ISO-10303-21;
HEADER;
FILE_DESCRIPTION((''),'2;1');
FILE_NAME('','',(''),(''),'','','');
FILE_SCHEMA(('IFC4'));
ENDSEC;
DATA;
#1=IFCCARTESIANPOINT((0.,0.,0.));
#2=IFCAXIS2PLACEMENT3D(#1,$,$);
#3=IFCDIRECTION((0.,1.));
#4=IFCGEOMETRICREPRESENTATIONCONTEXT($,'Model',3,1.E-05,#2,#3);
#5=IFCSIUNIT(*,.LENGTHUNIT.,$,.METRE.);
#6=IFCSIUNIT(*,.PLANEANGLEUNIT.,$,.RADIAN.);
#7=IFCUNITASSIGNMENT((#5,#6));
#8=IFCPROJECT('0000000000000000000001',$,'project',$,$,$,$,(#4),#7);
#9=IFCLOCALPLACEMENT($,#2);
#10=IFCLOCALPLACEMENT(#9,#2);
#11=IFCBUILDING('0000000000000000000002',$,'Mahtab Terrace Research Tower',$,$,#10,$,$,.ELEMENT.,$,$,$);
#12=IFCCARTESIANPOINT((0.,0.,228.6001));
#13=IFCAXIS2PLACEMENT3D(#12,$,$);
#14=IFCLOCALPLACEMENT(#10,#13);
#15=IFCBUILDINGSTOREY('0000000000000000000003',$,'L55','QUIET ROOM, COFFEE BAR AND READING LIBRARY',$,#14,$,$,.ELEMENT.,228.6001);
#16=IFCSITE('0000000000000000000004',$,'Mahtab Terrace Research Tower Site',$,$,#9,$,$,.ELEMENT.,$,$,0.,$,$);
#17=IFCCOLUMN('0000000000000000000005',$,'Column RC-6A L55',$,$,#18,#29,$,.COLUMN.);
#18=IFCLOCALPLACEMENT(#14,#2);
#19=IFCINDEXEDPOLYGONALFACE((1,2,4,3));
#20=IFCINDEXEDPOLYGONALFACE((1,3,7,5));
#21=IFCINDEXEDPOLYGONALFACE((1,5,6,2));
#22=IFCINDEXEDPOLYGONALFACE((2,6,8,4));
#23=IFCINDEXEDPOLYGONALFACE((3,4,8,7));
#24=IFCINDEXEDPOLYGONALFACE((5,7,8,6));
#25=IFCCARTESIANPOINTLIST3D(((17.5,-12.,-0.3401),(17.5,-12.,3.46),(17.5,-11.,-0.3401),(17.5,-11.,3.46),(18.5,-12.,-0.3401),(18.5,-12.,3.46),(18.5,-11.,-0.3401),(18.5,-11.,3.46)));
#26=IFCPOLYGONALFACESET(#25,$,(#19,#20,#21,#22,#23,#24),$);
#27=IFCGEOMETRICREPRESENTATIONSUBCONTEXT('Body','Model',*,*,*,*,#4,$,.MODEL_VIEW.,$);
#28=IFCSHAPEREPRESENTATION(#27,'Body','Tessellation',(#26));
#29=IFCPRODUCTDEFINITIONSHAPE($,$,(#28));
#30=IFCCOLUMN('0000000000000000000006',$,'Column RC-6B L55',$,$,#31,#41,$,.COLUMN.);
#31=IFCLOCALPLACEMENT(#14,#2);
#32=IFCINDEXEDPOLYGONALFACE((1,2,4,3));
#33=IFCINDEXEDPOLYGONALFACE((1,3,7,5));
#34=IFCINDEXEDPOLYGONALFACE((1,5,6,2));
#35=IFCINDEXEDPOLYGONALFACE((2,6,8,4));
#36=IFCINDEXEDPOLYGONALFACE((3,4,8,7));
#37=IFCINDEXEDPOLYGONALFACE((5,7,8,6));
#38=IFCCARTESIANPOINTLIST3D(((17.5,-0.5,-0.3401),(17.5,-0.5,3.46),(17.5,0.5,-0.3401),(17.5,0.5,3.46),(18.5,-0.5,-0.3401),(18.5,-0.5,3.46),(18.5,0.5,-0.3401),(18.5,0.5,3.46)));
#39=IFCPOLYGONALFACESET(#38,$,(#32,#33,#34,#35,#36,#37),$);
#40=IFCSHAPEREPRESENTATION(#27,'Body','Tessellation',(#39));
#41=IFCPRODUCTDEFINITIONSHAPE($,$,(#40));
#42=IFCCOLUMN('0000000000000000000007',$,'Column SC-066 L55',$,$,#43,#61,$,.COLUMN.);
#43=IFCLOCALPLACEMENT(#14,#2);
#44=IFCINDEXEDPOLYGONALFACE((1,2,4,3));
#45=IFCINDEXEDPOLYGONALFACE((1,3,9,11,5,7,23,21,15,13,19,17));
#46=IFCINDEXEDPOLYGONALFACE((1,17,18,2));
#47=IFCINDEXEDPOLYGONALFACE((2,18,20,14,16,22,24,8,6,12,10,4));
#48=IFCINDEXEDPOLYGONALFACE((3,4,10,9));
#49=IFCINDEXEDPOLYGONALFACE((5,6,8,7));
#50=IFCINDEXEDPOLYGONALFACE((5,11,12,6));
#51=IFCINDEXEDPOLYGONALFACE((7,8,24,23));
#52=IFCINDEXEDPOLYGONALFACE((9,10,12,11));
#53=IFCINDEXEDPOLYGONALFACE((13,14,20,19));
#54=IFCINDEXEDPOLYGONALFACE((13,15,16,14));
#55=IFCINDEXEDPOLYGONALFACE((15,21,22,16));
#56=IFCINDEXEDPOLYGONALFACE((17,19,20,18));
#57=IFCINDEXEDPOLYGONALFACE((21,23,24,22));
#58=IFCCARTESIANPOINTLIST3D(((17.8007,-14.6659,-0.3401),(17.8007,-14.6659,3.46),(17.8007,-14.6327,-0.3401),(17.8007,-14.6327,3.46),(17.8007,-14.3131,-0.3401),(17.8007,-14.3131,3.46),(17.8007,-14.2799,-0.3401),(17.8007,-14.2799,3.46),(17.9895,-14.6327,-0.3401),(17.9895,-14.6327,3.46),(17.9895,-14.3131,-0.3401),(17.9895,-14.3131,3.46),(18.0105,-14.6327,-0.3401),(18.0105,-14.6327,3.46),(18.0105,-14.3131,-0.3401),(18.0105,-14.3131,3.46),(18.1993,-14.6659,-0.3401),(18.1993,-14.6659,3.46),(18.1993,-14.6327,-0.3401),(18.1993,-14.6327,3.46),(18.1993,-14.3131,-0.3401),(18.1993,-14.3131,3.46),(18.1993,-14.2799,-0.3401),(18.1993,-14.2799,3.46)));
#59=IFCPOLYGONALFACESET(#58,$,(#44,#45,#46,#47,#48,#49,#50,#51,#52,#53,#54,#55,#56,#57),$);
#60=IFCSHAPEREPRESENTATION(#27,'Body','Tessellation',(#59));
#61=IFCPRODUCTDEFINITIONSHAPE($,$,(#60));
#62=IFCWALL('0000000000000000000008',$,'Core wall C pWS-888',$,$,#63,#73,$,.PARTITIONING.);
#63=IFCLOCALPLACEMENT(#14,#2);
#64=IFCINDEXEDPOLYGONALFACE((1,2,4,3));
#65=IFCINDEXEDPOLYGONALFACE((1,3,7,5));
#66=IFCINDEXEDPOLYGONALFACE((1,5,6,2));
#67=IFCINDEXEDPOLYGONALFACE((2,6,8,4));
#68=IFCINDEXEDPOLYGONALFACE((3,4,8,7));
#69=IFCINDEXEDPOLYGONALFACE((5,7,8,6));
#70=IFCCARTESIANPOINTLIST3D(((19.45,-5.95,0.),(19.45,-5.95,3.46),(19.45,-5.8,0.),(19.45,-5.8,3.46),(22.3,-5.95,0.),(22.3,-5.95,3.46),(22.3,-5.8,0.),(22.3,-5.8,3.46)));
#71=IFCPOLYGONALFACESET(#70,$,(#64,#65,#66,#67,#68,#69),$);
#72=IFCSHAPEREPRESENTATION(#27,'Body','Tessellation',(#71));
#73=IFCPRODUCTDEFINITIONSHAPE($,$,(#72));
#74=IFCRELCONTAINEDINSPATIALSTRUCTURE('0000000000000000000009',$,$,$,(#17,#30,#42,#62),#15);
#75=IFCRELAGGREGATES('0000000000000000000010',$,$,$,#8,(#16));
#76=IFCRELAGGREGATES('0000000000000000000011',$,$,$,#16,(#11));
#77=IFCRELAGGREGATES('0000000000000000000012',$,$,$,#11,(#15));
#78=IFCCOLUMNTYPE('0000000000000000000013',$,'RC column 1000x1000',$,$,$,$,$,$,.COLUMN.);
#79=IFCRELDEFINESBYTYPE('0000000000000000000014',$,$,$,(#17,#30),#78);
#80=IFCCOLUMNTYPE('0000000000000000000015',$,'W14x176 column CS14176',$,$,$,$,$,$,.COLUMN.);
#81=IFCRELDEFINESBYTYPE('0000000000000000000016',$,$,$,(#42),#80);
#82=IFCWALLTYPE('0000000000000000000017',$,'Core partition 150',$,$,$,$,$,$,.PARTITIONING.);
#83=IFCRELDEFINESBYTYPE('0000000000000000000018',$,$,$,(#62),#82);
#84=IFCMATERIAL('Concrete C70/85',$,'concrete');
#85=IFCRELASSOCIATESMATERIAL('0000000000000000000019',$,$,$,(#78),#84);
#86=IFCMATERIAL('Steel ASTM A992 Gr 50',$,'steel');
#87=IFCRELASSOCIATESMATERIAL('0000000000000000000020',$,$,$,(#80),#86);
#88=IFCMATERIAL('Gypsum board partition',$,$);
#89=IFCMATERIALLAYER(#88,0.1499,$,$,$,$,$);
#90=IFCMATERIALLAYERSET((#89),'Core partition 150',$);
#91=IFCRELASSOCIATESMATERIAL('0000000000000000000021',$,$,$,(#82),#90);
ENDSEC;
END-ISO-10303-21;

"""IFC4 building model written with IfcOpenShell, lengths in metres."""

from ifc_helpers import new_model, si_unit, direction, frame, frame_2d, origin, origin_2d, place, context, subcontext, project, spatial, rectangle, i_section, extrude, material, layer, layer_set, material_profile, profile_set, type_object, element, save


model = new_model("IFC4")

# Units and contexts
model_context = context("Model", 3, precision=1e-05, world=origin(), true_north=direction((0.0, 1.0)))
body_context = subcontext(model_context, "Body", "Model", "MODEL_VIEW")
ifc_project = project(units=[si_unit("LENGTHUNIT", "METRE"), si_unit("PLANEANGLEUNIT", "RADIAN")], contexts=[model_context])

# Site, building, storey
site_placement = place(None, origin())
site = spatial("IfcSite", under=ifc_project, at=site_placement, Name="Mahtab Terrace Research Tower Site", CompositionType="ELEMENT", RefElevation=0.0)
building_placement = place(site_placement, origin())
building = spatial("IfcBuilding", under=site, at=building_placement, Name="Mahtab Terrace Research Tower", CompositionType="ELEMENT")
storey_placement = place(building_placement, frame((0.0, 0.0, 228.6001)))
storey = spatial("IfcBuildingStorey", under=building, at=storey_placement, Name="L55", Description="QUIET ROOM, COFFEE BAR AND READING LIBRARY", CompositionType="ELEMENT", Elevation=228.6001)

# Columns
ifc_material_1 = material(Name="Concrete C70/85", Category="concrete")
ifc_material_profile_1 = material_profile(ifc_material_1, rectangle(XDim=1.0, YDim=1.0, at=origin_2d()), Name="RC column 1000x1000")
ifc_profile_set_1 = profile_set([ifc_material_profile_1], Name="Concrete C70/85")
column_type_1 = type_object("IfcColumnType", Name="RC column 1000x1000", PredefinedType="COLUMN", material=ifc_profile_set_1)
for number, where, z_axis, x_axis, name in (
    (1, (18.0, -11.5, -0.3401), (0.0, 0.0, 1.0), (1.0, 0.0, 0.0), "Column RC-6A L55"),
    (2, (18.0, 0.0, -0.3401), (0.0, 0.0, 1.0), (1.0, 0.0, 0.0), "Column RC-6B L55"),
):
    element("IfcColumn", number, at=place(storey_placement, frame(where, z_axis=z_axis, x_axis=x_axis)), inside=storey, type_object=column_type_1, Name=name, PredefinedType="COLUMN", context=body_context, shape_type="SweptSolid", body=[
        extrude(rectangle(XDim=1.0, YDim=1.0, at=origin_2d()), origin(), (0.0, 0.0, 1.0), 3.8),
    ])
ifc_material_2 = material(Name="Steel ASTM A992 Gr 50", Category="steel")
ifc_material_profile_2 = material_profile(ifc_material_2, i_section(OverallWidth=0.3987, OverallDepth=0.386, WebThickness=0.021, FlangeThickness=0.0332, at=origin_2d()), Name="W14X176")
ifc_profile_set_2 = profile_set([ifc_material_profile_2], Name="Steel ASTM A992 Gr 50")
column_type_2 = type_object("IfcColumnType", Name="W14x176 column CS14176", PredefinedType="COLUMN", material=ifc_profile_set_2)
column_placement = place(storey_placement, frame((18.0, -14.4729, -0.3401), z_axis=(0.0, 0.0, 1.0), x_axis=(1.0, 0.0, 0.0)))
element("IfcColumn", 3, at=column_placement, inside=storey, type_object=column_type_2, Name="Column SC-066 L55", PredefinedType="COLUMN", context=body_context, shape_type="SweptSolid", body=[
    extrude(i_section(OverallWidth=0.3987, OverallDepth=0.386, WebThickness=0.021, FlangeThickness=0.0332, at=origin_2d()), origin(), (0.0, 0.0, 1.0), 3.8),
])

# Wall
ifc_material_3 = material(Name="Gypsum board partition")
ifc_layer_1 = layer(ifc_material_3, 0.1499)
ifc_layer_set_1 = layer_set([ifc_layer_1], Name="Core partition 150")
wall_type_1 = type_object("IfcWallType", Name="Core partition 150", PredefinedType="PARTITIONING", material=ifc_layer_set_1)
wall_1_placement = place(storey_placement, frame((19.45, -5.875, 0.0), z_axis=(0.0, 0.0, 1.0), x_axis=(1.0, 0.0, 0.0)))
element("IfcWall", 4, at=wall_1_placement, inside=storey, type_object=wall_type_1, Name="Core wall C pWS-888", PredefinedType="PARTITIONING", context=body_context, shape_type="SweptSolid", body=[
    extrude(rectangle(XDim=2.8501, YDim=0.1499, at=frame_2d((1.425, 0.0))), origin(), (0.0, 0.0, 1.0), 3.46),
])

save(model, "model.ifc")
